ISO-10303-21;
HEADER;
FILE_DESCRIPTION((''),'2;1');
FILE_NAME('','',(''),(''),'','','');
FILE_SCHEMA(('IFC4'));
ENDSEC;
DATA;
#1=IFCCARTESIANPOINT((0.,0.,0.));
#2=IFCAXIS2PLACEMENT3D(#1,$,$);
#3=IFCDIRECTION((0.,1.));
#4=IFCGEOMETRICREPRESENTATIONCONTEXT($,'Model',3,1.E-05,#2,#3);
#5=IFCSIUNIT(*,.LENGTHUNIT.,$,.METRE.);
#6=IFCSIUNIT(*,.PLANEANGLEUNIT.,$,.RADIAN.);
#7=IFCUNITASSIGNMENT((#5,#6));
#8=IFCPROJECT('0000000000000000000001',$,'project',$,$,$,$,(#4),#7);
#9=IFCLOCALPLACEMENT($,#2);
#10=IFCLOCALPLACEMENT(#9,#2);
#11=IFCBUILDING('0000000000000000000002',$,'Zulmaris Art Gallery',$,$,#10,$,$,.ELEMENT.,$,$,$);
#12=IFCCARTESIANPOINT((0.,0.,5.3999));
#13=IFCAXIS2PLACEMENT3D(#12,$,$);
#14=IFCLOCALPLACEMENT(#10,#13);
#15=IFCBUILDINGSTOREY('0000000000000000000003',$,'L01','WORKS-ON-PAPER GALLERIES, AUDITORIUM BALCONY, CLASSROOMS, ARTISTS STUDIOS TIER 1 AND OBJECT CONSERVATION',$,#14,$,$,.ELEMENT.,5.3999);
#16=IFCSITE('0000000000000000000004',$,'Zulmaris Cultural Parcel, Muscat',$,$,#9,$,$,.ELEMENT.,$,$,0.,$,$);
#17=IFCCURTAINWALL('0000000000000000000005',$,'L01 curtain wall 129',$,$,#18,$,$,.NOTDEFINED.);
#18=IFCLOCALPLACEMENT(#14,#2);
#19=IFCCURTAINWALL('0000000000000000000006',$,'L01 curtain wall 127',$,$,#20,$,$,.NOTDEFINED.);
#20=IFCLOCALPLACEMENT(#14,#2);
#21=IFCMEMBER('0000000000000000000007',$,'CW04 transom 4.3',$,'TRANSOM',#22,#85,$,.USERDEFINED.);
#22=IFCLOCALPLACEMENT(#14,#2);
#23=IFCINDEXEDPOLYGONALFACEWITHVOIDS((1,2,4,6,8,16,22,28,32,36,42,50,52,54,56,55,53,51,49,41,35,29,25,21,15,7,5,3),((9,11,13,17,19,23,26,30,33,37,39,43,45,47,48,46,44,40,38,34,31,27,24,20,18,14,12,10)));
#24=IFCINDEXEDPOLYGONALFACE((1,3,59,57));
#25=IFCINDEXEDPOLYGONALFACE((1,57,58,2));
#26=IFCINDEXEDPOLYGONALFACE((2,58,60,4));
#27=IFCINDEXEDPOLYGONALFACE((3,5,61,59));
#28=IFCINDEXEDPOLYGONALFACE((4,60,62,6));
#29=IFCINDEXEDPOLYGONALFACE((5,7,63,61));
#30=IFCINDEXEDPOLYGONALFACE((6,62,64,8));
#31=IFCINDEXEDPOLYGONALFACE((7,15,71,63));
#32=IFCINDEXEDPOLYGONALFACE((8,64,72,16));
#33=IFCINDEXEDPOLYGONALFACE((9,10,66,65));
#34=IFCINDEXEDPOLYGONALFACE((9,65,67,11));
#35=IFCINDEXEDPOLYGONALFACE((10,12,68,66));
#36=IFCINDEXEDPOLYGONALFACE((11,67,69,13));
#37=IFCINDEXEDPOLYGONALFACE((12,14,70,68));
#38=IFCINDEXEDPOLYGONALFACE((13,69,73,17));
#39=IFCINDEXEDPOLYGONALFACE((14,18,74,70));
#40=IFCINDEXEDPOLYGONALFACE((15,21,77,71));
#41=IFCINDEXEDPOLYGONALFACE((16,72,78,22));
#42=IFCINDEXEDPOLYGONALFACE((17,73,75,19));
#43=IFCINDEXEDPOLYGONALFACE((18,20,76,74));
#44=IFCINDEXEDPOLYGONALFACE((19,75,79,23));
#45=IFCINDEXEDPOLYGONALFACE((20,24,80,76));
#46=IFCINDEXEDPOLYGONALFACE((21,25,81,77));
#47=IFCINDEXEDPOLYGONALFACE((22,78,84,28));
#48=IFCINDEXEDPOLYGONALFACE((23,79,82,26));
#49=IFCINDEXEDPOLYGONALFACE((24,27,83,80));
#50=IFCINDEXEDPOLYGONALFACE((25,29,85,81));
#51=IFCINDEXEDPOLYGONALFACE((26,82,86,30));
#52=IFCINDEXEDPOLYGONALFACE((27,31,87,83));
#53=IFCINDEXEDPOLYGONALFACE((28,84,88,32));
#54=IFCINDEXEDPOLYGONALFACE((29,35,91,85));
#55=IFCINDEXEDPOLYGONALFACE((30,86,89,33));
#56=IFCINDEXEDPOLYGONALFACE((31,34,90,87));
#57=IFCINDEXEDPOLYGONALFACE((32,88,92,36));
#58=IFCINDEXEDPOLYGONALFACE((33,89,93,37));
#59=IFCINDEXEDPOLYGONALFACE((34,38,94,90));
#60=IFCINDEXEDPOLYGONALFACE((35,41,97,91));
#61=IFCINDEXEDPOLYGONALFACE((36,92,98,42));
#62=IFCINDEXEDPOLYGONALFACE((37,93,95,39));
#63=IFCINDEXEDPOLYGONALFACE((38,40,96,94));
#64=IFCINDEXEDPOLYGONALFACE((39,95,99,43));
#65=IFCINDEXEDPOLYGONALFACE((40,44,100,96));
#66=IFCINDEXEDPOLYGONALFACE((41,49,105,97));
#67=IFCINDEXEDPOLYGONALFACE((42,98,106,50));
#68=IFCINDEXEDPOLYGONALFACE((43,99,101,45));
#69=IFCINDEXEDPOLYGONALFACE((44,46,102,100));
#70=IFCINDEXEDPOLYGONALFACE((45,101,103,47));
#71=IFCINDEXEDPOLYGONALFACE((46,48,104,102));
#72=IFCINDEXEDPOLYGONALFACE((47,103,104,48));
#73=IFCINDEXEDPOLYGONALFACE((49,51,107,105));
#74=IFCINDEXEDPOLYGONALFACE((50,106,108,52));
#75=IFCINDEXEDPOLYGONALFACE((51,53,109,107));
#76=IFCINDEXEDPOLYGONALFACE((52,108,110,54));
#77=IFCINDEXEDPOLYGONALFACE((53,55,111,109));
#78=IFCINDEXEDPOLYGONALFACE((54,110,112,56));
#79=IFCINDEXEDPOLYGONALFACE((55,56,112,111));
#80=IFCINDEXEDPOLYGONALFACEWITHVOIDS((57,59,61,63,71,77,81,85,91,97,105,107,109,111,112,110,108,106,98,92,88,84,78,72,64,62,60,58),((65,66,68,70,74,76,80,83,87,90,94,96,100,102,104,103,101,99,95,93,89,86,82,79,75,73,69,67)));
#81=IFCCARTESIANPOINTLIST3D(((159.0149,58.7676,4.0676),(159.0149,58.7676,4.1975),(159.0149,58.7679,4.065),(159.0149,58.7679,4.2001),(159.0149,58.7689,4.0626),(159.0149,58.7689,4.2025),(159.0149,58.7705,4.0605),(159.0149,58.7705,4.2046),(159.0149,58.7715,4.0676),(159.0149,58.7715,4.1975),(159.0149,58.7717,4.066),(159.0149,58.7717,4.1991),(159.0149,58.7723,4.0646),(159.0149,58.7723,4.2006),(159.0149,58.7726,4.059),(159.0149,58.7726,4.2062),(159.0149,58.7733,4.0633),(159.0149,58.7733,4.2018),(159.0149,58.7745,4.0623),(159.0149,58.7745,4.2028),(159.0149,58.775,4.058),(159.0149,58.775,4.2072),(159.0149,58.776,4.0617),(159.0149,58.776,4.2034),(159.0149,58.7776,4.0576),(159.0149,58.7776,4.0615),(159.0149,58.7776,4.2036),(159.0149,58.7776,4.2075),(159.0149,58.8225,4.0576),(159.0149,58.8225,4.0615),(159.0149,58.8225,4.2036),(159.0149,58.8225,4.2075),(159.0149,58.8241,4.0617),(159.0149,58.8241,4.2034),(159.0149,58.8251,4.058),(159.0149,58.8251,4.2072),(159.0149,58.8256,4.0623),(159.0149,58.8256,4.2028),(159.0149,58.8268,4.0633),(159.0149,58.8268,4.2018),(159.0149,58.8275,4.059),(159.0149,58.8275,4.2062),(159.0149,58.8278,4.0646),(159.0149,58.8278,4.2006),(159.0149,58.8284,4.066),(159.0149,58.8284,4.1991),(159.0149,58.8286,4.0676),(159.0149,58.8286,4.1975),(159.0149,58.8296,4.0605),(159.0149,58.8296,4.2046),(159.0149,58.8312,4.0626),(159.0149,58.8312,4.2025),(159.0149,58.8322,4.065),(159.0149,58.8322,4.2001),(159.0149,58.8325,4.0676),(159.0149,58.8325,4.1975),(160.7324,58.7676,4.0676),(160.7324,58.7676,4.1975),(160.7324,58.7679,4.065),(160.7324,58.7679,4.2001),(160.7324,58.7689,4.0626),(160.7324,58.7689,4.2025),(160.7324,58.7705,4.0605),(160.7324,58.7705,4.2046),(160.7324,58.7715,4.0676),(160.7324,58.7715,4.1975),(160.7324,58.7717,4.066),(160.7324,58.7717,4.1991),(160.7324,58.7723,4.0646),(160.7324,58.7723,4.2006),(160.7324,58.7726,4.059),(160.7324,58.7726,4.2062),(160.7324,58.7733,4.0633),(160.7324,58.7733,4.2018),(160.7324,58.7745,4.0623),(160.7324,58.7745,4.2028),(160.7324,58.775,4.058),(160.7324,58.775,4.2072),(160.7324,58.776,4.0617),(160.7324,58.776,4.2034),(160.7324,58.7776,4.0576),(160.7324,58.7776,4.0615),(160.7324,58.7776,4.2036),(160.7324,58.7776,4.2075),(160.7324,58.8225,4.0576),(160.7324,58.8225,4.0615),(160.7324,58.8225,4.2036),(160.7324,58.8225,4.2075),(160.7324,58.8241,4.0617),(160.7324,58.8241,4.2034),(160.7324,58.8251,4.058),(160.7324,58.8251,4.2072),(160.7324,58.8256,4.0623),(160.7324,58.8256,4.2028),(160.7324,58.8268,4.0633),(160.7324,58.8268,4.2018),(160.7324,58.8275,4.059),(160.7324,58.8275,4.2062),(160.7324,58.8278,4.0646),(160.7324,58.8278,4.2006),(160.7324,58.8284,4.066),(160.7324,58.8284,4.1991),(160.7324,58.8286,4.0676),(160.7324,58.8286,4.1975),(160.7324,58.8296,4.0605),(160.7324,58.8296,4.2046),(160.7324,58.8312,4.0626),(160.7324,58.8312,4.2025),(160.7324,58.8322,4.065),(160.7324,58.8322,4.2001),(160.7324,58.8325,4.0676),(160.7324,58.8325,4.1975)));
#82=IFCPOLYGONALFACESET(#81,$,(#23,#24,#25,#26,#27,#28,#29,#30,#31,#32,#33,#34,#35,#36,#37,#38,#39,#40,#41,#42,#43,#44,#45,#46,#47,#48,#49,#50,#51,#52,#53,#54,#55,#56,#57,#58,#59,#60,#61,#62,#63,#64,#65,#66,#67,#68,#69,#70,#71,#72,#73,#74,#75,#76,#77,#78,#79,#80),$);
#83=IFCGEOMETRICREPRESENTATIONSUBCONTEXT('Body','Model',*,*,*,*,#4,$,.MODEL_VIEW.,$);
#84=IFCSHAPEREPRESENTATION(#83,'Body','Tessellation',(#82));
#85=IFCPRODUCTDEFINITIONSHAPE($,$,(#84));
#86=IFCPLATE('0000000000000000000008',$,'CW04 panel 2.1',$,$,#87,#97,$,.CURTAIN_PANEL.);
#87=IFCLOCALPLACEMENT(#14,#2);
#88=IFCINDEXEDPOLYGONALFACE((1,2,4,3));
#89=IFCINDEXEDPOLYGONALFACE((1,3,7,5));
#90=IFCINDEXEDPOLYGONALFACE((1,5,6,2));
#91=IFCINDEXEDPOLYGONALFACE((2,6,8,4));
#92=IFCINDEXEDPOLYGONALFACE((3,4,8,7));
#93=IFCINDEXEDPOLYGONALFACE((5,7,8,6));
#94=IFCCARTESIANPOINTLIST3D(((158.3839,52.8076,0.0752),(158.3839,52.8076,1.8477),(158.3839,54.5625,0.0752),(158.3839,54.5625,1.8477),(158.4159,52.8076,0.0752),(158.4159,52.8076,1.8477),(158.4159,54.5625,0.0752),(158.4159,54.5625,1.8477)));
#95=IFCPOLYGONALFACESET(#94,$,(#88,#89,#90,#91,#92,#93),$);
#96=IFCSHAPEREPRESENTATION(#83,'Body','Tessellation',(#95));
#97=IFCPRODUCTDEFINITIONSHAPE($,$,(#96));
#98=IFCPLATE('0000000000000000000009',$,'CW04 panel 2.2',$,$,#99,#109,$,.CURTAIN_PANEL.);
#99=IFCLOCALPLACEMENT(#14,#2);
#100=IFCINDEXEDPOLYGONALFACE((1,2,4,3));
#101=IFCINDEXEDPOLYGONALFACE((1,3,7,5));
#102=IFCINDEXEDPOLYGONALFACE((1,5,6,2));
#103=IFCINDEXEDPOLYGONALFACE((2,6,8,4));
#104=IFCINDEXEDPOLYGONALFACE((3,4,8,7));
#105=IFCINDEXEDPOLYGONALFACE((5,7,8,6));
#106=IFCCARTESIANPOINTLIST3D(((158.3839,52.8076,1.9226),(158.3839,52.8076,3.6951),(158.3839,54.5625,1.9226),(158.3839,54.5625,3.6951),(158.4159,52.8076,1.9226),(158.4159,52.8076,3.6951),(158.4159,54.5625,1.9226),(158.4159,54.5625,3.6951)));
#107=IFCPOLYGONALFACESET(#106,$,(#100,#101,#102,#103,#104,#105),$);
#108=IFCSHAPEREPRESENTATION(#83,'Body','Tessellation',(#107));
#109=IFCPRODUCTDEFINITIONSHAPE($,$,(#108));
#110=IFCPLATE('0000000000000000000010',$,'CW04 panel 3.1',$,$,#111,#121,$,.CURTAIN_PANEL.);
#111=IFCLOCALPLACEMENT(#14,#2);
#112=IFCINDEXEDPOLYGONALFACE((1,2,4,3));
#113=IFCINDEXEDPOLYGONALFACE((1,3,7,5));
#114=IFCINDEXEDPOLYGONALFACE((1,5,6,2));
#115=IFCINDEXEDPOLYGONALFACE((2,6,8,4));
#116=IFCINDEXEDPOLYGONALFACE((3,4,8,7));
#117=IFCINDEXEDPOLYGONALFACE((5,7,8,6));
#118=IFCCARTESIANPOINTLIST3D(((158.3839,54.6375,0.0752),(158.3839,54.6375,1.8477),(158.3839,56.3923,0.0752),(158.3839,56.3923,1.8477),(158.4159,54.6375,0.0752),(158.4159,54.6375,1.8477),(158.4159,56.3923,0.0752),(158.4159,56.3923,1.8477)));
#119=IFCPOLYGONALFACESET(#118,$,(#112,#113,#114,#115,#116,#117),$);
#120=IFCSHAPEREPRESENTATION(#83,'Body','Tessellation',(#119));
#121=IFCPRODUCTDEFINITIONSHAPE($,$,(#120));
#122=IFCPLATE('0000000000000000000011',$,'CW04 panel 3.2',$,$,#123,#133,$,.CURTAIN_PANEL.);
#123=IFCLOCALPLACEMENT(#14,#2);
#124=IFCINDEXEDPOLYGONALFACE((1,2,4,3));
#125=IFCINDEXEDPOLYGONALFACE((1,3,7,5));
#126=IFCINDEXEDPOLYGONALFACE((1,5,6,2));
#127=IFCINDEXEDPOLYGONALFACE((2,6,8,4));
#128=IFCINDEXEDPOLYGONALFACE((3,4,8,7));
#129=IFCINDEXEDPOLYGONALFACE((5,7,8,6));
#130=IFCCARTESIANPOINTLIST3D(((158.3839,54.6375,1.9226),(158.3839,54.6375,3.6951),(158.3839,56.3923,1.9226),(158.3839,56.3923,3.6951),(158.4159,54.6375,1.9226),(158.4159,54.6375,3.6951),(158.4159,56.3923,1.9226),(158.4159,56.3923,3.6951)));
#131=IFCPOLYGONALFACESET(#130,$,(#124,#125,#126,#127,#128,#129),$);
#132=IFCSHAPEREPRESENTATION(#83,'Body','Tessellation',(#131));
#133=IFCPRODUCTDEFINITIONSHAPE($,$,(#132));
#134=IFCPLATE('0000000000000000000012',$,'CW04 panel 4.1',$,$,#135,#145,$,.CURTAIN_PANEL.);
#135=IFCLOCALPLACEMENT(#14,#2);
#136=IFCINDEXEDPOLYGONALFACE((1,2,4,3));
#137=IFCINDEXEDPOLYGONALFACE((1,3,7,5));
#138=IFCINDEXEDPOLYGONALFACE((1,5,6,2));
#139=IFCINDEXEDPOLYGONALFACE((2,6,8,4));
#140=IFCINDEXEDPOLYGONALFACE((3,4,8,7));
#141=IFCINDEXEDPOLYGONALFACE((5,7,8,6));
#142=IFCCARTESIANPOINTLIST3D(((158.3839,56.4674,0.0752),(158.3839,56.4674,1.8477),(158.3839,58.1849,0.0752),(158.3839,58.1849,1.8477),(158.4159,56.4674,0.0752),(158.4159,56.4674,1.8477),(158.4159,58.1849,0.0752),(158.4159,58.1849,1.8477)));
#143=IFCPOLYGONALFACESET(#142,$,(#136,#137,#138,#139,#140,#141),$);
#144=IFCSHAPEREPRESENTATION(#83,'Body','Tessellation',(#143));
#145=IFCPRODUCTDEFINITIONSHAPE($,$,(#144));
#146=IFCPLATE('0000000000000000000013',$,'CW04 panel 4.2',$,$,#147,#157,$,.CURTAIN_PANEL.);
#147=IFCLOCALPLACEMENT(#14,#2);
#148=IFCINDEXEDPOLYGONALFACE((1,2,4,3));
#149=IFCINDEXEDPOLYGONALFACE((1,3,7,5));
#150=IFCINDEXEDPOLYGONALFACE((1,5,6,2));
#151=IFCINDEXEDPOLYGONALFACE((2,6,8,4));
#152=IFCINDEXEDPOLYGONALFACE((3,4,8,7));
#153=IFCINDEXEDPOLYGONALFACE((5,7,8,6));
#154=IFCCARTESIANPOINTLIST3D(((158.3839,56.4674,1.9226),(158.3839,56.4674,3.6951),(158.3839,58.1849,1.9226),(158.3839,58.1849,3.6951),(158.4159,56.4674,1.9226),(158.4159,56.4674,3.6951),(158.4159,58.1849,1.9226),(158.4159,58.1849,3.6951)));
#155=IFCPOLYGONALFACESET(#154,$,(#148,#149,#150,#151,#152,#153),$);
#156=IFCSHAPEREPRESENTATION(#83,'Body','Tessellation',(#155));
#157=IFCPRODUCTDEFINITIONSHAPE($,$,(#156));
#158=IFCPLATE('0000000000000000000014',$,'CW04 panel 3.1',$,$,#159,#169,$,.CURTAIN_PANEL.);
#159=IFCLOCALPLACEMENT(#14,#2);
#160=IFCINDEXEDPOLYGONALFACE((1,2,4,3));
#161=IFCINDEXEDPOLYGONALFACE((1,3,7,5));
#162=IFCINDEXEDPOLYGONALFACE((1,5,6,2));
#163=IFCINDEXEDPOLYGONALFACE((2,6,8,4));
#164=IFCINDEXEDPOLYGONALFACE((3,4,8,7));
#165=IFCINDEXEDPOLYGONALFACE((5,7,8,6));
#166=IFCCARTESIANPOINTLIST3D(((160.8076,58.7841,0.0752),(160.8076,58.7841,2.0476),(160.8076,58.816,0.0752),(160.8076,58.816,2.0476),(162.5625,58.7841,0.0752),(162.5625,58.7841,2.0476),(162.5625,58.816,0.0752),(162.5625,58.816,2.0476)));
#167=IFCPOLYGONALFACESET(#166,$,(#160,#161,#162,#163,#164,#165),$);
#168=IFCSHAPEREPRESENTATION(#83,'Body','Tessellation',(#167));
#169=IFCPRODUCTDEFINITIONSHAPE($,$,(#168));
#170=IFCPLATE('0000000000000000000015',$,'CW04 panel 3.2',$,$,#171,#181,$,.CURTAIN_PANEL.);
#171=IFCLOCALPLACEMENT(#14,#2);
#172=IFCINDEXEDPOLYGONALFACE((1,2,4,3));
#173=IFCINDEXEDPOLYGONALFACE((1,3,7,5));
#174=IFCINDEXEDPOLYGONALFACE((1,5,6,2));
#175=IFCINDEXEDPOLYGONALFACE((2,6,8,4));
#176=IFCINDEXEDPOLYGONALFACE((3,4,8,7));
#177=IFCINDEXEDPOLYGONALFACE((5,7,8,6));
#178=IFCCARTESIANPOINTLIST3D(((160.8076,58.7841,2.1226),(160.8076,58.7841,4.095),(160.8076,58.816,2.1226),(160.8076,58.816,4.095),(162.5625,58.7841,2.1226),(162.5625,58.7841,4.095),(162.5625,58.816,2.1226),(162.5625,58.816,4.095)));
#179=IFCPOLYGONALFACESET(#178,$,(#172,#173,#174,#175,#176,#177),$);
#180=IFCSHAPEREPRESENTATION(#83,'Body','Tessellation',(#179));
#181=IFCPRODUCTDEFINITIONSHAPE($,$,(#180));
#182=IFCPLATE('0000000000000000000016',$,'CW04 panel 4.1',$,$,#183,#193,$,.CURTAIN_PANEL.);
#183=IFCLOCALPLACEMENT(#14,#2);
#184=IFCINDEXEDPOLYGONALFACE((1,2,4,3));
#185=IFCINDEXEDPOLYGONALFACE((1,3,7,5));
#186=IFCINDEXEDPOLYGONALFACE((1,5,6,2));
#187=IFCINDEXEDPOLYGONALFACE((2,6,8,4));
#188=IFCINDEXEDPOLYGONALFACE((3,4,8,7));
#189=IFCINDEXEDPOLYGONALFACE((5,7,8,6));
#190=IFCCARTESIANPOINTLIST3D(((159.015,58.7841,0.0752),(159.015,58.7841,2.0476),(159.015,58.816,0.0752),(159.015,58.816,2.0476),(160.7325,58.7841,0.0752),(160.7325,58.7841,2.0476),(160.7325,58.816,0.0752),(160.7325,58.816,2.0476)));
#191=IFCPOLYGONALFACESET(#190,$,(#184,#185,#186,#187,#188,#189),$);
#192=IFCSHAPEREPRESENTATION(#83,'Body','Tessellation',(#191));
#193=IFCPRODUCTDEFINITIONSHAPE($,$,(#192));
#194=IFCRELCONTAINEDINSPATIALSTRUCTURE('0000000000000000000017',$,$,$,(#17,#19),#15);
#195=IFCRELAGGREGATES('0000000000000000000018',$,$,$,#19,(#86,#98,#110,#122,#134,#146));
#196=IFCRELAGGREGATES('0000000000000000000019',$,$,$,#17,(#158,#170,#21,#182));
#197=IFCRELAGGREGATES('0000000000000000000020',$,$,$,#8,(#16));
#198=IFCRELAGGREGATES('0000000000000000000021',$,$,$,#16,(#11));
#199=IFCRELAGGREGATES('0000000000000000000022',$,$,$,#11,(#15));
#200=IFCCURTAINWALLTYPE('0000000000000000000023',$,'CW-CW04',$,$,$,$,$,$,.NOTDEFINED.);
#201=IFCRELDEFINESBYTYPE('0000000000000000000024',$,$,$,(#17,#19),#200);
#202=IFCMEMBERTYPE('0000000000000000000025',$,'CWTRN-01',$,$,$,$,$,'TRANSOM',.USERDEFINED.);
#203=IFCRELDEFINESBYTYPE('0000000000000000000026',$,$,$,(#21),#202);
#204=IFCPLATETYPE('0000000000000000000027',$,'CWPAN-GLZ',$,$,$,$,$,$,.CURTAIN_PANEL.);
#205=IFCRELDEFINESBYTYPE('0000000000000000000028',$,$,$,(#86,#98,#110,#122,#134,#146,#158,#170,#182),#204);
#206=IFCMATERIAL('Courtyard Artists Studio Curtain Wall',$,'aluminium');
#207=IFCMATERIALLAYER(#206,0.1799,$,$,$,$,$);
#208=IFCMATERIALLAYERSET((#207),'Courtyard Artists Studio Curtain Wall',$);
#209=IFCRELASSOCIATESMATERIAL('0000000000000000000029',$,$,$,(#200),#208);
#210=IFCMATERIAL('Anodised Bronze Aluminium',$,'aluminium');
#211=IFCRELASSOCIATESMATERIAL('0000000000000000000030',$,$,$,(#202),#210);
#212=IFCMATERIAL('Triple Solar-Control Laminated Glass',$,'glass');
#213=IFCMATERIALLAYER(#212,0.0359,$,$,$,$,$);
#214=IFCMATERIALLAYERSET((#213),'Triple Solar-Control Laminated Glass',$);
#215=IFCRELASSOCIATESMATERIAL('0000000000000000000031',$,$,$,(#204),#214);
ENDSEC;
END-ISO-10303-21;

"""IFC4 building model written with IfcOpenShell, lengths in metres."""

from ifc_helpers import new_model, si_unit, direction, frame, origin, origin_2d, place, context, subcontext, project, spatial, rectangle, hollow_rectangle, extrude, material, layer, layer_set, material_profile, profile_set, type_object, element, aggregate, save


model = new_model("IFC4")

# Units and contexts
model_context = context("Model", 3, precision=1e-05, world=origin(), true_north=direction((0.0, 1.0)))
body_context = subcontext(model_context, "Body", "Model", "MODEL_VIEW")
ifc_project = project(units=[si_unit("LENGTHUNIT", "METRE"), si_unit("PLANEANGLEUNIT", "RADIAN")], contexts=[model_context])

# Site, building, storey
site_placement = place(None, origin())
site = spatial("IfcSite", under=ifc_project, at=site_placement, Name="Zulmaris Cultural Parcel, Muscat", CompositionType="ELEMENT", RefElevation=0.0)
building_placement = place(site_placement, origin())
building = spatial("IfcBuilding", under=site, at=building_placement, Name="Zulmaris Art Gallery", CompositionType="ELEMENT")
storey_placement = place(building_placement, frame((0.0, 0.0, 5.3999)))
storey = spatial("IfcBuildingStorey", under=building, at=storey_placement, Name="L01", Description="WORKS-ON-PAPER GALLERIES, AUDITORIUM BALCONY, CLASSROOMS, ARTISTS STUDIOS TIER 1 AND OBJECT CONSERVATION", CompositionType="ELEMENT", Elevation=5.3999)

# Curtain walls
ifc_material_1 = material(Name="Courtyard Artists Studio Curtain Wall", Category="aluminium")
ifc_layer_1 = layer(ifc_material_1, 0.1799)
ifc_layer_set_1 = layer_set([ifc_layer_1], Name="Courtyard Artists Studio Curtain Wall")
curtain_wall_type = type_object("IfcCurtainWallType", Name="CW-CW04", PredefinedType="NOTDEFINED", material=ifc_layer_set_1)
curtain_wall_1_placement = place(storey_placement, origin())
curtain_wall_1 = element("IfcCurtainWall", 1, at=curtain_wall_1_placement, inside=storey, type_object=curtain_wall_type, Name="L01 curtain wall 129", PredefinedType="NOTDEFINED")
ifc_material_2 = material(Name="Anodised Bronze Aluminium", Category="aluminium")
curtain_wall_2_placement = place(storey_placement, origin())
curtain_wall_2 = element("IfcCurtainWall", 2, at=curtain_wall_2_placement, inside=storey, type_object=curtain_wall_type, Name="L01 curtain wall 127", PredefinedType="NOTDEFINED")
ifc_material_profile_1 = material_profile(ifc_material_2, hollow_rectangle(XDim=0.0649, YDim=0.1499, WallThickness=0.0039, InnerFilletRadius=0.0061, OuterFilletRadius=0.01, at=origin_2d()), Name="ALU 65x150x4")
ifc_profile_set_1 = profile_set([ifc_material_profile_1], Name="Anodised Bronze Aluminium")
member_type_1 = type_object("IfcMemberType", Name="CWTRN-01", ElementType="TRANSOM", PredefinedType="USERDEFINED", material=ifc_profile_set_1)

# Member
member_1_placement = place(storey_placement, frame((160.7324, 58.8, 4.1326), z_axis=(-1.0, 0.0, 0.0), x_axis=(0.0, -1.0, 0.0)))
member_1 = element("IfcMember", 3, at=member_1_placement, type_object=member_type_1, Name="CW04 transom 4.3", ObjectType="TRANSOM", PredefinedType="USERDEFINED", context=body_context, shape_type="SweptSolid", body=[
    extrude(hollow_rectangle(XDim=0.0649, YDim=0.1499, WallThickness=0.0039, InnerFilletRadius=0.0061, OuterFilletRadius=0.01, at=origin_2d()), origin(), (0.0, 0.0, 1.0), 1.7175),
])

# Plates
ifc_material_3 = material(Name="Triple Solar-Control Laminated Glass", Category="glass")
ifc_layer_2 = layer(ifc_material_3, 0.0359)
ifc_layer_set_2 = layer_set([ifc_layer_2], Name="Triple Solar-Control Laminated Glass")
plate_type = type_object("IfcPlateType", Name="CWPAN-GLZ", PredefinedType="CURTAIN_PANEL", material=ifc_layer_set_2)
plate_1_placement = place(storey_placement, frame((158.3999, 53.6851, 0.0752), z_axis=(0.0, 0.0, 1.0), x_axis=(0.0, 1.0, 0.0)))
plate_1 = element("IfcPlate", 4, at=plate_1_placement, type_object=plate_type, Name="CW04 panel 2.1", PredefinedType="CURTAIN_PANEL", context=body_context, shape_type="SweptSolid", body=[
    extrude(rectangle(XDim=1.7549, YDim=0.032, at=origin_2d()), origin(), (0.0, 0.0, 1.0), 1.7725),
])
plate_2_placement = place(storey_placement, frame((158.3999, 53.6851, 1.9226), z_axis=(0.0, 0.0, 1.0), x_axis=(0.0, 1.0, 0.0)))
plate_2 = element("IfcPlate", 5, at=plate_2_placement, type_object=plate_type, Name="CW04 panel 2.2", PredefinedType="CURTAIN_PANEL", context=body_context, shape_type="SweptSolid", body=[
    extrude(rectangle(XDim=1.7549, YDim=0.032, at=origin_2d()), origin(), (0.0, 0.0, 1.0), 1.7725),
])
plate_3_placement = place(storey_placement, frame((158.3999, 55.5149, 0.0752), z_axis=(0.0, 0.0, 1.0), x_axis=(0.0, 1.0, 0.0)))
plate_3 = element("IfcPlate", 6, at=plate_3_placement, type_object=plate_type, Name="CW04 panel 3.1", PredefinedType="CURTAIN_PANEL", context=body_context, shape_type="SweptSolid", body=[
    extrude(rectangle(XDim=1.7549, YDim=0.032, at=origin_2d()), origin(), (0.0, 0.0, 1.0), 1.7725),
])
plate_4_placement = place(storey_placement, frame((158.3999, 55.5149, 1.9226), z_axis=(0.0, 0.0, 1.0), x_axis=(0.0, 1.0, 0.0)))
plate_4 = element("IfcPlate", 7, at=plate_4_placement, type_object=plate_type, Name="CW04 panel 3.2", PredefinedType="CURTAIN_PANEL", context=body_context, shape_type="SweptSolid", body=[
    extrude(rectangle(XDim=1.7549, YDim=0.032, at=origin_2d()), origin(), (0.0, 0.0, 1.0), 1.7725),
])
plate_5_placement = place(storey_placement, frame((158.3999, 57.3262, 0.0752), z_axis=(0.0, 0.0, 1.0), x_axis=(0.0, 1.0, 0.0)))
plate_5 = element("IfcPlate", 8, at=plate_5_placement, type_object=plate_type, Name="CW04 panel 4.1", PredefinedType="CURTAIN_PANEL", context=body_context, shape_type="SweptSolid", body=[
    extrude(rectangle(XDim=1.7175, YDim=0.032, at=origin_2d()), origin(), (0.0, 0.0, 1.0), 1.7725),
])
plate_6_placement = place(storey_placement, frame((158.3999, 57.3262, 1.9226), z_axis=(0.0, 0.0, 1.0), x_axis=(0.0, 1.0, 0.0)))
plate_6 = element("IfcPlate", 9, at=plate_6_placement, type_object=plate_type, Name="CW04 panel 4.2", PredefinedType="CURTAIN_PANEL", context=body_context, shape_type="SweptSolid", body=[
    extrude(rectangle(XDim=1.7175, YDim=0.032, at=origin_2d()), origin(), (0.0, 0.0, 1.0), 1.7725),
])
aggregate(curtain_wall_2, [plate_1, plate_2, plate_3, plate_4, plate_5, plate_6])
plate_7_placement = place(storey_placement, frame((161.6851, 58.8, 0.0752), z_axis=(0.0, 0.0, 1.0), x_axis=(-1.0, 0.0, 0.0)))
plate_7 = element("IfcPlate", 10, at=plate_7_placement, type_object=plate_type, Name="CW04 panel 3.1", PredefinedType="CURTAIN_PANEL", context=body_context, shape_type="SweptSolid", body=[
    extrude(rectangle(XDim=1.7549, YDim=0.032, at=origin_2d()), origin(), (0.0, 0.0, 1.0), 1.9724),
])
plate_8_placement = place(storey_placement, frame((161.6851, 58.8, 2.1226), z_axis=(0.0, 0.0, 1.0), x_axis=(-1.0, 0.0, 0.0)))
plate_8 = element("IfcPlate", 11, at=plate_8_placement, type_object=plate_type, Name="CW04 panel 3.2", PredefinedType="CURTAIN_PANEL", context=body_context, shape_type="SweptSolid", body=[
    extrude(rectangle(XDim=1.7549, YDim=0.032, at=origin_2d()), origin(), (0.0, 0.0, 1.0), 1.9724),
])
plate_9_placement = place(storey_placement, frame((159.8738, 58.8, 0.0752), z_axis=(0.0, 0.0, 1.0), x_axis=(-1.0, 0.0, 0.0)))
plate_9 = element("IfcPlate", 12, at=plate_9_placement, type_object=plate_type, Name="CW04 panel 4.1", PredefinedType="CURTAIN_PANEL", context=body_context, shape_type="SweptSolid", body=[
    extrude(rectangle(XDim=1.7175, YDim=0.032, at=origin_2d()), origin(), (0.0, 0.0, 1.0), 1.9724),
])
aggregate(curtain_wall_1, [plate_7, plate_8, member_1, plate_9])

save(model, "model.ifc")
